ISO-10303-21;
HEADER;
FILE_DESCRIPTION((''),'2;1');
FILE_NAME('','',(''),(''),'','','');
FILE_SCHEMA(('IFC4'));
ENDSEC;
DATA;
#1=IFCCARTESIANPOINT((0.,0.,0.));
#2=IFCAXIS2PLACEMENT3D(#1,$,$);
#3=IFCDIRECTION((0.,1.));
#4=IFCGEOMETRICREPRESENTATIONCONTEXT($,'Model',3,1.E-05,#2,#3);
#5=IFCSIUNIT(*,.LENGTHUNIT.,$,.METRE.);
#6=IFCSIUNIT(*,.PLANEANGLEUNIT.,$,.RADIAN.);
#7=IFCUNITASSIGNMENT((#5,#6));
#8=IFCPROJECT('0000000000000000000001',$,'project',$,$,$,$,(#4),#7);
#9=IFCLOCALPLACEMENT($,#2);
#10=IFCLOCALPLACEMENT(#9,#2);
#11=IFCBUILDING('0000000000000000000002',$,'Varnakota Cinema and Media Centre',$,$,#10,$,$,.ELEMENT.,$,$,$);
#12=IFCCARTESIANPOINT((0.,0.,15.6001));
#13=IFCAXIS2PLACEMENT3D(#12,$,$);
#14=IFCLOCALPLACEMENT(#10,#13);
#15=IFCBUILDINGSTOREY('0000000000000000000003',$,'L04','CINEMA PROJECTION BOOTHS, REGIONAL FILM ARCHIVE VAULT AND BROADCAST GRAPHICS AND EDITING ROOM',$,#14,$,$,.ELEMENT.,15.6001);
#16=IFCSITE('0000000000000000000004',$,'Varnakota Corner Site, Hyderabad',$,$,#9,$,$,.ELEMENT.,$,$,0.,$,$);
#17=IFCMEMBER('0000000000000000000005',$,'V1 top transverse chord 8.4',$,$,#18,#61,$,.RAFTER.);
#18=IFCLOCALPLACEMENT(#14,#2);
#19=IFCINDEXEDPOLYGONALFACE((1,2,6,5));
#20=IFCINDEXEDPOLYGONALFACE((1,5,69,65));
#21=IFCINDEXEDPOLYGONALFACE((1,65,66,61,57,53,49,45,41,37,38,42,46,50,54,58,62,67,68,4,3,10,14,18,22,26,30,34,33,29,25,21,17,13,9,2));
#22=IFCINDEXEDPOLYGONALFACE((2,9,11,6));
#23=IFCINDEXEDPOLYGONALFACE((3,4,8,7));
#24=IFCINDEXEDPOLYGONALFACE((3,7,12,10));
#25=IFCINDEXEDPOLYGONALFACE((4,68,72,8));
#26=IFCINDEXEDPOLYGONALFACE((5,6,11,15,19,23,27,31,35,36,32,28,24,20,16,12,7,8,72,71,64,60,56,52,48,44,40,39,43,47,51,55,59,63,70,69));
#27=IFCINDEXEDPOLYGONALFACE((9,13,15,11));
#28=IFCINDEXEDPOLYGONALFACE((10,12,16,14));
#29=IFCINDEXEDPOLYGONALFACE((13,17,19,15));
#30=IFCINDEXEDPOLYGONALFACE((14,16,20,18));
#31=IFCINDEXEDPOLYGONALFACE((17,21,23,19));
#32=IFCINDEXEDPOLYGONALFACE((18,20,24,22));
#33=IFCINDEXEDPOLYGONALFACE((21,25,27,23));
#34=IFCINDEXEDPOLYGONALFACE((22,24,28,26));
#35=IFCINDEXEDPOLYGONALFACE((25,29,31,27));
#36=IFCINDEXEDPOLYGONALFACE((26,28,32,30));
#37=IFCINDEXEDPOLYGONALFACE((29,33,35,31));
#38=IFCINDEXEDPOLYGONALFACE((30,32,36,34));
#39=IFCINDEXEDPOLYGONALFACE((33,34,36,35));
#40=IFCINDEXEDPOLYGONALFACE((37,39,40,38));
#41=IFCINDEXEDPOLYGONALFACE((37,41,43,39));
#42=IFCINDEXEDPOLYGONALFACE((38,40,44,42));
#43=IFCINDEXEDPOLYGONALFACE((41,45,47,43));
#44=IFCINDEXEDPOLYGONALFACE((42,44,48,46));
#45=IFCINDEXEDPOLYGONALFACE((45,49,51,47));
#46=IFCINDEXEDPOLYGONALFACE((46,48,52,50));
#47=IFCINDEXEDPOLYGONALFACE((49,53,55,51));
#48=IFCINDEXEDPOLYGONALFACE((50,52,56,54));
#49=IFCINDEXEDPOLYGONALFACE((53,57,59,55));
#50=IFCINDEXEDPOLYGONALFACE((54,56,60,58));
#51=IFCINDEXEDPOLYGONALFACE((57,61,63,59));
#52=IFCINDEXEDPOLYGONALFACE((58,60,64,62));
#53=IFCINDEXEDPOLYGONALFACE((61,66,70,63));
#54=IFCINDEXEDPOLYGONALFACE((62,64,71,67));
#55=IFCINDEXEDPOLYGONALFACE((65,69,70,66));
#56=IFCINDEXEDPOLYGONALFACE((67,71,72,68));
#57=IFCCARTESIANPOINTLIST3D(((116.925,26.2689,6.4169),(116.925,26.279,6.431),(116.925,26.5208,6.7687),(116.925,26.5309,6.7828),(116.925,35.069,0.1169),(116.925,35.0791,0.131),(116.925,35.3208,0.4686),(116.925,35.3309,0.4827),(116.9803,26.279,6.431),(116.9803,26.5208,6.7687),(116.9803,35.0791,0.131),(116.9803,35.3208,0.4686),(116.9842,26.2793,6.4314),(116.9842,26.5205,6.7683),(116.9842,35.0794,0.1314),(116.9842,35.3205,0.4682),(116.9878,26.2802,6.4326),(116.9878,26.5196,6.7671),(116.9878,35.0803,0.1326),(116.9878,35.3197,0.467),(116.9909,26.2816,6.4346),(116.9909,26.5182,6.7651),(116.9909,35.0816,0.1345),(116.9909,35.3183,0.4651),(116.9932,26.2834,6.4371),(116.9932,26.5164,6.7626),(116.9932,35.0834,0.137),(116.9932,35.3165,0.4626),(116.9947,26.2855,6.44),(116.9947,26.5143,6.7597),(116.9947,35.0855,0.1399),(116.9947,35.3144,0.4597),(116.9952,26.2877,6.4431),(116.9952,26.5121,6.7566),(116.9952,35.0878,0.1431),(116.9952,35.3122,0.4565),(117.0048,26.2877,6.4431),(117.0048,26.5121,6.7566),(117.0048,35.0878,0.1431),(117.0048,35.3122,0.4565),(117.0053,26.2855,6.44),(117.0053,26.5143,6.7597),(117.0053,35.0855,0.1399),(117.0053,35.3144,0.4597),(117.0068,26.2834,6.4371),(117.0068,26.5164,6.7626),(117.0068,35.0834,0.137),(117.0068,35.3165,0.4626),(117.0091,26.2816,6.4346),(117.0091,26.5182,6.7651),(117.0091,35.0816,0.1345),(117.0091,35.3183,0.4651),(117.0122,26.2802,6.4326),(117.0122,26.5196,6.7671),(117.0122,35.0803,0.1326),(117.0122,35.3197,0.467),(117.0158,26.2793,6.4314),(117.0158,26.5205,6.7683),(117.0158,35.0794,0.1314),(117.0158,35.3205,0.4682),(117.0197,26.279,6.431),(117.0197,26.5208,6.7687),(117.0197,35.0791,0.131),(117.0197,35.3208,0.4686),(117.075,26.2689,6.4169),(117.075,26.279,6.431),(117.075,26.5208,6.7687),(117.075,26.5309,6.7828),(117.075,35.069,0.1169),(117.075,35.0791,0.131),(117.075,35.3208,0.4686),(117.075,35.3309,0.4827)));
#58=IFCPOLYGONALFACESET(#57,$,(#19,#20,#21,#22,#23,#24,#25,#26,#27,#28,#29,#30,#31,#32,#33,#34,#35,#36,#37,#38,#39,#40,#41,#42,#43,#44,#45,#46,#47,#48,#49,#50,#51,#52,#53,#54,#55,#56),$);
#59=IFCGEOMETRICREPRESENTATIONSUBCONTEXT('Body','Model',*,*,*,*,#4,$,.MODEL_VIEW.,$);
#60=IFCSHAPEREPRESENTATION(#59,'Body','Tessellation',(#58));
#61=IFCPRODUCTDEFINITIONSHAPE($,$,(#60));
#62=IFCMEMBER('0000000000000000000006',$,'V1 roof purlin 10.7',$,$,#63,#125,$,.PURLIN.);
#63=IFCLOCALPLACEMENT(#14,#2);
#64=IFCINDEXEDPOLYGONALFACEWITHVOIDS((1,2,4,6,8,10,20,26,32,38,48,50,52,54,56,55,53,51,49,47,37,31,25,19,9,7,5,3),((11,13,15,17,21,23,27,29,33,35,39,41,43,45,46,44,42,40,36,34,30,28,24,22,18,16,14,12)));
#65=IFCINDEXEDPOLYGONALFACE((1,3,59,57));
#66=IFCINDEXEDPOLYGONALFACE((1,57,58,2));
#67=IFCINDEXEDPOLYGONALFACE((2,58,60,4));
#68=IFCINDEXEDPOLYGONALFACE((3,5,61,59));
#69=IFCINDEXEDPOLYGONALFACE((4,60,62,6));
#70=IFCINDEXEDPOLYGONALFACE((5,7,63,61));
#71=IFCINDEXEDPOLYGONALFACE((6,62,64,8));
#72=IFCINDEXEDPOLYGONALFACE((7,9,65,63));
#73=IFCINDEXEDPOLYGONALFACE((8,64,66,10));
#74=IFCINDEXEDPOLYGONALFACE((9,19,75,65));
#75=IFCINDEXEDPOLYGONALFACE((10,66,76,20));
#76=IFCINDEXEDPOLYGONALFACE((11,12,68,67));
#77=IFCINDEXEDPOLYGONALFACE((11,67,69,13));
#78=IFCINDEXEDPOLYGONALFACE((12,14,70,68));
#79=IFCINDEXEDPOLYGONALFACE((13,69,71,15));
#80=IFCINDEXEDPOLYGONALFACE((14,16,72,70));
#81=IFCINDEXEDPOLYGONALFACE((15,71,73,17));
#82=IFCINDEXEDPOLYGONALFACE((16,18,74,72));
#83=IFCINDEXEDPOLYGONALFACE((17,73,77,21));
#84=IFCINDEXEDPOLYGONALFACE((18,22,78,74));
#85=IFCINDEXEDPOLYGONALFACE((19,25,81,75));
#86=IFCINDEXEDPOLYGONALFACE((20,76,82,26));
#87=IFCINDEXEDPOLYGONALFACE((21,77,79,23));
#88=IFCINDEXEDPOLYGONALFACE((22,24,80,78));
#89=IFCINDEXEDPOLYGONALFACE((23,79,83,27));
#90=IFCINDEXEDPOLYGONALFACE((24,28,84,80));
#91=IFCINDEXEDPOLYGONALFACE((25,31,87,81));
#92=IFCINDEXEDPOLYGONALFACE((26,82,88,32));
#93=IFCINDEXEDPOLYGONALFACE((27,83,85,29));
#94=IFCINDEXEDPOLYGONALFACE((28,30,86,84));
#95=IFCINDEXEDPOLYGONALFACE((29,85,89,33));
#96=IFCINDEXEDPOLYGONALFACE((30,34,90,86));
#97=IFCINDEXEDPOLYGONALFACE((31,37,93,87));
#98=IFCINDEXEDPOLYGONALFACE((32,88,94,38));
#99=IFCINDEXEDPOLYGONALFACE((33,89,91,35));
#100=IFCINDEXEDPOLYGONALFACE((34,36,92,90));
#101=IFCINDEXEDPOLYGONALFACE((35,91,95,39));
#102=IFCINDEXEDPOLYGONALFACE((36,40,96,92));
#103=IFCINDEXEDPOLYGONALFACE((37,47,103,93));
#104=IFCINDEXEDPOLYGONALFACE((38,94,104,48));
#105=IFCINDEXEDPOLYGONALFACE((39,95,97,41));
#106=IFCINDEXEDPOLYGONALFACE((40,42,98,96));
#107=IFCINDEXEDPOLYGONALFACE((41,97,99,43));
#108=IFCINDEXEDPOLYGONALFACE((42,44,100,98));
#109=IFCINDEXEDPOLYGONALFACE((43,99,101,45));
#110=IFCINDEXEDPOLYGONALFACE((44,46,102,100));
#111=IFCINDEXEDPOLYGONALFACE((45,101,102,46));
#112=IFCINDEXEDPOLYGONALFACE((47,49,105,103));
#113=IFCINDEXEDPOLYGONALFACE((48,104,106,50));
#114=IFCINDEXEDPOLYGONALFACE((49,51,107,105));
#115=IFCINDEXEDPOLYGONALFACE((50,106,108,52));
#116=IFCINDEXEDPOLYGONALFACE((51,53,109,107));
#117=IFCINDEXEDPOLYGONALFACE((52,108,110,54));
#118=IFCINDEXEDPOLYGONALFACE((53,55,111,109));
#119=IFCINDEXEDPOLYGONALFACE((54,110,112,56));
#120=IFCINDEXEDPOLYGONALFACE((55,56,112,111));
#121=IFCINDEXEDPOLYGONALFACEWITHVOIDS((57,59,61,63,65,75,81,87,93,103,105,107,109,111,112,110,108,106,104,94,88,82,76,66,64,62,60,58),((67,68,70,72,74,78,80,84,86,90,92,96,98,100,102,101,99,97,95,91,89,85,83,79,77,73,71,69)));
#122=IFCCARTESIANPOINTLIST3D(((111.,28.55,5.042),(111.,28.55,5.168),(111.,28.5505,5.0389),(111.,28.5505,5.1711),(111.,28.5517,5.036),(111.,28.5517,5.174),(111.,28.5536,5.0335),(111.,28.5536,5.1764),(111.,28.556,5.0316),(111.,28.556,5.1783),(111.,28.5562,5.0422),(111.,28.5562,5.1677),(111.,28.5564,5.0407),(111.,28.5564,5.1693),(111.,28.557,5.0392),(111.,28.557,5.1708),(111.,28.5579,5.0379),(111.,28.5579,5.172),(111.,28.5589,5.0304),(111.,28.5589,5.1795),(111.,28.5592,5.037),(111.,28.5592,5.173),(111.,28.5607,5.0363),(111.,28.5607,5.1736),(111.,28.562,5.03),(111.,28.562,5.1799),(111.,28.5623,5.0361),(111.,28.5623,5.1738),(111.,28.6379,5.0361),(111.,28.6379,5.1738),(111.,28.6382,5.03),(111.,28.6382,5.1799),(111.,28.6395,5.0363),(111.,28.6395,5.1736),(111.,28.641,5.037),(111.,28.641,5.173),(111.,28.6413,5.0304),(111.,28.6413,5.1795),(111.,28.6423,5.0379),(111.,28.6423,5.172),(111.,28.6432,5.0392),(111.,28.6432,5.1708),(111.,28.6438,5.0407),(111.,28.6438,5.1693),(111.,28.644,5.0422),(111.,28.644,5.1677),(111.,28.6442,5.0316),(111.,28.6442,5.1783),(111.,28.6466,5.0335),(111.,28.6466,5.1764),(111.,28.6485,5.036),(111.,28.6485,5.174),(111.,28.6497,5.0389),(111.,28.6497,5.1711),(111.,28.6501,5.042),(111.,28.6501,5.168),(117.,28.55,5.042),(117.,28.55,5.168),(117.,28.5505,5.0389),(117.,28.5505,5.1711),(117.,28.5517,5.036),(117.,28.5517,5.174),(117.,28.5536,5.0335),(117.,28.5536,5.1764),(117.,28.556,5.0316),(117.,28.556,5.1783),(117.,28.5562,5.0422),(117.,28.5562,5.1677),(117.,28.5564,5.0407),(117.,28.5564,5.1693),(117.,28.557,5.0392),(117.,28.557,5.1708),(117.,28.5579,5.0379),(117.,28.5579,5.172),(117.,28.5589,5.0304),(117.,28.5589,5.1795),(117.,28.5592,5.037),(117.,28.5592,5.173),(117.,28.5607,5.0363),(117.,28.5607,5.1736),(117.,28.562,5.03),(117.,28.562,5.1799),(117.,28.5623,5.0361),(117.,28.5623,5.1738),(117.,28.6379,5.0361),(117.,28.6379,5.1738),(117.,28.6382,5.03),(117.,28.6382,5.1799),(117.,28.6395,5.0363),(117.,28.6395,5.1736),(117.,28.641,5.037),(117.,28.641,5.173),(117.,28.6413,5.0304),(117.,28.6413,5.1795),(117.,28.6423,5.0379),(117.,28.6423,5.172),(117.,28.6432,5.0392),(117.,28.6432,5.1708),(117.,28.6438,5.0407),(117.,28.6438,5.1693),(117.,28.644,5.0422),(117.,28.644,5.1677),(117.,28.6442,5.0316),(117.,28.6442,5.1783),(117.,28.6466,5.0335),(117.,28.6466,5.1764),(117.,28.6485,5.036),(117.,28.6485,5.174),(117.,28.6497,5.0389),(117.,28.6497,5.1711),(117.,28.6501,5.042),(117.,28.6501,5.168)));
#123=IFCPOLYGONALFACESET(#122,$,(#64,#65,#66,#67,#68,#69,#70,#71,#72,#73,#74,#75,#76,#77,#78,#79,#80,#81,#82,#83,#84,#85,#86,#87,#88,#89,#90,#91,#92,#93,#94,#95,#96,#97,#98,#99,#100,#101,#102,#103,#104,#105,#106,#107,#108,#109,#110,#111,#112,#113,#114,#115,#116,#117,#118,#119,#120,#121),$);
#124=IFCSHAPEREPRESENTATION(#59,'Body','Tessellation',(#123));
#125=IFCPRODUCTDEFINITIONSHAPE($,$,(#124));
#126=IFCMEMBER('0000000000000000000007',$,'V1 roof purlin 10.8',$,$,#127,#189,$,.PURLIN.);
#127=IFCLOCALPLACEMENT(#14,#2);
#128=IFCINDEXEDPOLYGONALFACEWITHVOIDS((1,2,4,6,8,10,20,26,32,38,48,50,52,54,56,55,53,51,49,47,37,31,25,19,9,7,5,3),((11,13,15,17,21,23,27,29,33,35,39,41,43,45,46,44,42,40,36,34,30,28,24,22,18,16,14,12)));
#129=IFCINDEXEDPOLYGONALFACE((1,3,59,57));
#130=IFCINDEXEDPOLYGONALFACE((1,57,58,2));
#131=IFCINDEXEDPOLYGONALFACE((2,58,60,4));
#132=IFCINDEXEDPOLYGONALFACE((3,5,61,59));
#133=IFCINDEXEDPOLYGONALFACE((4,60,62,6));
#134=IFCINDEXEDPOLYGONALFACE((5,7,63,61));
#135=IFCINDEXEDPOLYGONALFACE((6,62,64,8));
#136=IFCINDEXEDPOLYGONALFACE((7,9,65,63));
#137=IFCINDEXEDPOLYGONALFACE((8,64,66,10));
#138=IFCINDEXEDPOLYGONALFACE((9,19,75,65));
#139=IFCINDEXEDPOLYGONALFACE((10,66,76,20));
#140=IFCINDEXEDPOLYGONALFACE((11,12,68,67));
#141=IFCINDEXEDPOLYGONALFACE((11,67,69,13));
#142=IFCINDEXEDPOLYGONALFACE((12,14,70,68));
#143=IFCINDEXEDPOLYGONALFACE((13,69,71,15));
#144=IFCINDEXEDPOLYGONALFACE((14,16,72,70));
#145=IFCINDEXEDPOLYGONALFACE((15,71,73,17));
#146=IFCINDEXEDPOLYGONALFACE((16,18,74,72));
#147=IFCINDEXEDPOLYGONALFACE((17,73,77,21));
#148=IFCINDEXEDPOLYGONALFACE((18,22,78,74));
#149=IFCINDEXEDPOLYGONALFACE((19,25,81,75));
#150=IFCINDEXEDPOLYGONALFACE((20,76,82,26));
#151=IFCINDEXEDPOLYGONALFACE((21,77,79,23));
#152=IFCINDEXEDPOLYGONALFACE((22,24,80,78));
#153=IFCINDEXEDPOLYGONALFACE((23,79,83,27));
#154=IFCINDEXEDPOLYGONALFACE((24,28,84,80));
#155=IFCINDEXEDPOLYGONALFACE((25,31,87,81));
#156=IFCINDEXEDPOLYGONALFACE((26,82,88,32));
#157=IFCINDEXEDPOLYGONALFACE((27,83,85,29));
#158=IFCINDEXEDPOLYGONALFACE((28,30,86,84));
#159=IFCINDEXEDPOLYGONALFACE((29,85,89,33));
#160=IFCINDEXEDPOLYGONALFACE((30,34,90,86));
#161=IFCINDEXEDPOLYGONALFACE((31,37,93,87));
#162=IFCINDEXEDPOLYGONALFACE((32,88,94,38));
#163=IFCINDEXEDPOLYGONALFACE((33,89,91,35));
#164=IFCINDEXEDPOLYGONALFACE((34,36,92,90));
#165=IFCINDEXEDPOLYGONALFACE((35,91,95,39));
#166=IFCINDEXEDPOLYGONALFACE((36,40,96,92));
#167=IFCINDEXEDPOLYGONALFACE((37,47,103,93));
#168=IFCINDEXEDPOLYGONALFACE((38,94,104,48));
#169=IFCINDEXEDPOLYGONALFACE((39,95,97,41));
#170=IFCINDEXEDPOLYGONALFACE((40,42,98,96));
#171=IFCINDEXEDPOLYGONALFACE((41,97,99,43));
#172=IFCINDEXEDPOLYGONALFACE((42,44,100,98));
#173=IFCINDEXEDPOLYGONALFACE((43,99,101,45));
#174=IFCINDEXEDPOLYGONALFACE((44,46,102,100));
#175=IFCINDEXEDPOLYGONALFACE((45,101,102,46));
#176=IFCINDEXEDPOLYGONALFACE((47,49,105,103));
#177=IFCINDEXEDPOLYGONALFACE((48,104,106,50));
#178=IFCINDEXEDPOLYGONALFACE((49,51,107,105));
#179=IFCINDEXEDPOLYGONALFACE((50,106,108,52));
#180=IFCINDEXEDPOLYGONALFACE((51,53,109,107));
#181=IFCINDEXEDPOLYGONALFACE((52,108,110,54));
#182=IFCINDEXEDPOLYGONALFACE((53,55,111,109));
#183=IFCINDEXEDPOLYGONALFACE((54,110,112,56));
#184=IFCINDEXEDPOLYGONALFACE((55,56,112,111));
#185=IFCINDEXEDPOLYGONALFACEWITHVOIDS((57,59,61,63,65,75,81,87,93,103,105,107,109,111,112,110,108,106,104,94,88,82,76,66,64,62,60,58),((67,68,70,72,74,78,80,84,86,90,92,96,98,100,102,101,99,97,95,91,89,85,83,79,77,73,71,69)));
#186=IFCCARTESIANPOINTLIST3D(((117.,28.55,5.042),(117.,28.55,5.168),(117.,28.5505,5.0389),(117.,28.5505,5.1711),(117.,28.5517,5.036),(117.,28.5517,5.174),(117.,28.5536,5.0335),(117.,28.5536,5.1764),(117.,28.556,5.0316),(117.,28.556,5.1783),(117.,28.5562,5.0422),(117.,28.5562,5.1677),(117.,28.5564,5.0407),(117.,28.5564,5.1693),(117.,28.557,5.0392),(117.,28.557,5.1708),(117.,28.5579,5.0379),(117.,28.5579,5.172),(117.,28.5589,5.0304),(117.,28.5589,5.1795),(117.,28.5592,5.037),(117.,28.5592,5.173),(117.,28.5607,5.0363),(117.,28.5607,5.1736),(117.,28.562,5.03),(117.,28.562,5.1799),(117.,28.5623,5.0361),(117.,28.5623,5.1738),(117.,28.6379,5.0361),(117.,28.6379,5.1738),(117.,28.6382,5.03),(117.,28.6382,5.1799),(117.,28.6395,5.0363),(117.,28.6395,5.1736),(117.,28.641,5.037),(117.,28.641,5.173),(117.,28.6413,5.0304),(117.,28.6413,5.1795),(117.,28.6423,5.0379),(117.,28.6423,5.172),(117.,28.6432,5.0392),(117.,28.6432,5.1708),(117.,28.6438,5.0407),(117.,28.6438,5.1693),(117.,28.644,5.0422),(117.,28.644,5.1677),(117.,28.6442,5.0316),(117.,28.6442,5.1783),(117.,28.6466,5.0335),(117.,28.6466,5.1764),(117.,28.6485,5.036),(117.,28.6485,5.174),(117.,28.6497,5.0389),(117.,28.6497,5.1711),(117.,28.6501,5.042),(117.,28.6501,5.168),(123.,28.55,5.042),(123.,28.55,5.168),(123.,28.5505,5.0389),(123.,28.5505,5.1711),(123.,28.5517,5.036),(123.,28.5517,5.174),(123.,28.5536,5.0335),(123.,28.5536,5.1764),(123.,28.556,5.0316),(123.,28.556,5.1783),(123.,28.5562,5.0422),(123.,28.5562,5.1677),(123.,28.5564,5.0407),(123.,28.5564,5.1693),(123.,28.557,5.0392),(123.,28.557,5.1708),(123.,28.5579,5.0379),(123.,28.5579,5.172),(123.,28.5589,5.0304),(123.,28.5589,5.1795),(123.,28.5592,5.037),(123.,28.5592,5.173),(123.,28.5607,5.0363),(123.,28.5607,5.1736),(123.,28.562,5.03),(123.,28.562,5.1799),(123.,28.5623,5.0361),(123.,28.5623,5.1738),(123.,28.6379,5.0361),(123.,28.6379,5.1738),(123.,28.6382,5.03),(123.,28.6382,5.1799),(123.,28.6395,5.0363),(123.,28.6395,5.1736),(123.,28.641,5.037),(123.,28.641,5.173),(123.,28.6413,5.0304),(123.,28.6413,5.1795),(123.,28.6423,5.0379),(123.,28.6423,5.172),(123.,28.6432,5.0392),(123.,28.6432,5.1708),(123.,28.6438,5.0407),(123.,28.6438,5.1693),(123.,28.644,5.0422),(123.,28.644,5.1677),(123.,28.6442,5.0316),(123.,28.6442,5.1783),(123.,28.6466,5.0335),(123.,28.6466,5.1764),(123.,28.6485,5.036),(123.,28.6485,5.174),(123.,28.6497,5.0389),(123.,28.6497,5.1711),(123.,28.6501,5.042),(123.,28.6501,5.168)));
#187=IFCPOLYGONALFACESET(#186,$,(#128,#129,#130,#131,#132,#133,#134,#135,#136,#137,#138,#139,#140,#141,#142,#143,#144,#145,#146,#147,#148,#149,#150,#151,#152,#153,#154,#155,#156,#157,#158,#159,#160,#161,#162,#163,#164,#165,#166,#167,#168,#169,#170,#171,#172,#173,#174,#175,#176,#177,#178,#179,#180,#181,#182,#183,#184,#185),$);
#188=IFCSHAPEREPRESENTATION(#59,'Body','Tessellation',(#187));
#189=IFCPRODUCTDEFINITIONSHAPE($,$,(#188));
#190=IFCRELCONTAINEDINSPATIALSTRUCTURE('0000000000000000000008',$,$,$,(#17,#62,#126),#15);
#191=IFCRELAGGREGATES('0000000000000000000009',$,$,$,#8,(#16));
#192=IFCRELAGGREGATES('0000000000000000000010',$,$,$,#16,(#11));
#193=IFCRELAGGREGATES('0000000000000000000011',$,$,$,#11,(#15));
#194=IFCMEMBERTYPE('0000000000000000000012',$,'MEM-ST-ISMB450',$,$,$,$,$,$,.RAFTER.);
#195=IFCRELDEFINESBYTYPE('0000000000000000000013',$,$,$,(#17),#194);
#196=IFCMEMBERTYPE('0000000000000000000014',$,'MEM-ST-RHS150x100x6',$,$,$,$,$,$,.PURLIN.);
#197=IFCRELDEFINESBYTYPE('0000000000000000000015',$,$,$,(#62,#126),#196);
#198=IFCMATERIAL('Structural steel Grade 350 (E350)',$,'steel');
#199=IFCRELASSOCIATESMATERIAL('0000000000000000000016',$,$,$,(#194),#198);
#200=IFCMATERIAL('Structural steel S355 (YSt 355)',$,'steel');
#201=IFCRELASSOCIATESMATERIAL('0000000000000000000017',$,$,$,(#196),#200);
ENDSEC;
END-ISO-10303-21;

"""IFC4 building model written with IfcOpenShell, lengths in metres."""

from ifc_helpers import new_model, si_unit, direction, frame, origin, origin_2d, place, context, subcontext, project, spatial, hollow_rectangle, i_section, extrude, material, material_profile, profile_set, type_object, element, save


model = new_model("IFC4")

# Units and contexts
model_context = context("Model", 3, precision=1e-05, world=origin(), true_north=direction((0.0, 1.0)))
body_context = subcontext(model_context, "Body", "Model", "MODEL_VIEW")
ifc_project = project(units=[si_unit("LENGTHUNIT", "METRE"), si_unit("PLANEANGLEUNIT", "RADIAN")], contexts=[model_context])

# Site, building, storey
site_placement = place(None, origin())
site = spatial("IfcSite", under=ifc_project, at=site_placement, Name="Varnakota Corner Site, Hyderabad", CompositionType="ELEMENT", RefElevation=0.0)
building_placement = place(site_placement, origin())
building = spatial("IfcBuilding", under=site, at=building_placement, Name="Varnakota Cinema and Media Centre", CompositionType="ELEMENT")
storey_placement = place(building_placement, frame((0.0, 0.0, 15.6001)))
storey = spatial("IfcBuildingStorey", under=building, at=storey_placement, Name="L04", Description="CINEMA PROJECTION BOOTHS, REGIONAL FILM ARCHIVE VAULT AND BROADCAST GRAPHICS AND EDITING ROOM", CompositionType="ELEMENT", Elevation=15.6001)

# Members
ifc_material_1 = material(Name="Structural steel Grade 350 (E350)", Category="steel")
ifc_material_profile_1 = material_profile(ifc_material_1, i_section(OverallWidth=0.1499, OverallDepth=0.45, WebThickness=0.0095, FlangeThickness=0.0173, FilletRadius=0.0149, at=origin_2d()), Name="ISMB 450")
ifc_profile_set_1 = profile_set([ifc_material_profile_1], Name="Structural steel Grade 350 (E350)")
member_type_1 = type_object("IfcMemberType", Name="MEM-ST-ISMB450", PredefinedType="RAFTER", material=ifc_profile_set_1)
member_1_placement = place(storey_placement, frame((117.0, 26.3999, 6.5999), z_axis=(0.0, 0.813108, -0.582113), x_axis=(-1.0, 0.0, 0.0)))
element("IfcMember", 1, at=member_1_placement, inside=storey, type_object=member_type_1, Name="V1 top transverse chord 8.4", PredefinedType="RAFTER", context=body_context, shape_type="SweptSolid", body=[
    extrude(i_section(OverallWidth=0.1499, OverallDepth=0.45, WebThickness=0.0095, FlangeThickness=0.0173, FilletRadius=0.0149, at=origin_2d()), origin(), (0.0, 0.0, 1.0), 10.8228),
])
ifc_material_2 = material(Name="Structural steel S355 (YSt 355)", Category="steel")
ifc_material_profile_2 = material_profile(ifc_material_2, hollow_rectangle(XDim=0.1001, YDim=0.1499, WallThickness=0.0061, InnerFilletRadius=0.0061, OuterFilletRadius=0.012, at=origin_2d()), Name="RHS 150x100x6")
ifc_profile_set_2 = profile_set([ifc_material_profile_2], Name="Structural steel S355 (YSt 355)")
member_type_2 = type_object("IfcMemberType", Name="MEM-ST-RHS150x100x6", PredefinedType="PURLIN", material=ifc_profile_set_2)
for number, where, z_axis, x_axis, name in (
    (2, (111.0, 28.6001, 5.105), (1.0, 0.0, 0.0), (0.0, 1.0, 0.0), "V1 roof purlin 10.7"),
    (3, (117.0, 28.6001, 5.105), (1.0, 0.0, 0.0), (0.0, 1.0, 0.0), "V1 roof purlin 10.8"),
):
    element("IfcMember", number, at=place(storey_placement, frame(where, z_axis=z_axis, x_axis=x_axis)), inside=storey, type_object=member_type_2, Name=name, PredefinedType="PURLIN", context=body_context, shape_type="SweptSolid", body=[
        extrude(hollow_rectangle(XDim=0.1001, YDim=0.1499, WallThickness=0.0061, InnerFilletRadius=0.0061, OuterFilletRadius=0.012, at=origin_2d()), origin(), (0.0, 0.0, 1.0), 6.0),
    ])

save(model, "model.ifc")
